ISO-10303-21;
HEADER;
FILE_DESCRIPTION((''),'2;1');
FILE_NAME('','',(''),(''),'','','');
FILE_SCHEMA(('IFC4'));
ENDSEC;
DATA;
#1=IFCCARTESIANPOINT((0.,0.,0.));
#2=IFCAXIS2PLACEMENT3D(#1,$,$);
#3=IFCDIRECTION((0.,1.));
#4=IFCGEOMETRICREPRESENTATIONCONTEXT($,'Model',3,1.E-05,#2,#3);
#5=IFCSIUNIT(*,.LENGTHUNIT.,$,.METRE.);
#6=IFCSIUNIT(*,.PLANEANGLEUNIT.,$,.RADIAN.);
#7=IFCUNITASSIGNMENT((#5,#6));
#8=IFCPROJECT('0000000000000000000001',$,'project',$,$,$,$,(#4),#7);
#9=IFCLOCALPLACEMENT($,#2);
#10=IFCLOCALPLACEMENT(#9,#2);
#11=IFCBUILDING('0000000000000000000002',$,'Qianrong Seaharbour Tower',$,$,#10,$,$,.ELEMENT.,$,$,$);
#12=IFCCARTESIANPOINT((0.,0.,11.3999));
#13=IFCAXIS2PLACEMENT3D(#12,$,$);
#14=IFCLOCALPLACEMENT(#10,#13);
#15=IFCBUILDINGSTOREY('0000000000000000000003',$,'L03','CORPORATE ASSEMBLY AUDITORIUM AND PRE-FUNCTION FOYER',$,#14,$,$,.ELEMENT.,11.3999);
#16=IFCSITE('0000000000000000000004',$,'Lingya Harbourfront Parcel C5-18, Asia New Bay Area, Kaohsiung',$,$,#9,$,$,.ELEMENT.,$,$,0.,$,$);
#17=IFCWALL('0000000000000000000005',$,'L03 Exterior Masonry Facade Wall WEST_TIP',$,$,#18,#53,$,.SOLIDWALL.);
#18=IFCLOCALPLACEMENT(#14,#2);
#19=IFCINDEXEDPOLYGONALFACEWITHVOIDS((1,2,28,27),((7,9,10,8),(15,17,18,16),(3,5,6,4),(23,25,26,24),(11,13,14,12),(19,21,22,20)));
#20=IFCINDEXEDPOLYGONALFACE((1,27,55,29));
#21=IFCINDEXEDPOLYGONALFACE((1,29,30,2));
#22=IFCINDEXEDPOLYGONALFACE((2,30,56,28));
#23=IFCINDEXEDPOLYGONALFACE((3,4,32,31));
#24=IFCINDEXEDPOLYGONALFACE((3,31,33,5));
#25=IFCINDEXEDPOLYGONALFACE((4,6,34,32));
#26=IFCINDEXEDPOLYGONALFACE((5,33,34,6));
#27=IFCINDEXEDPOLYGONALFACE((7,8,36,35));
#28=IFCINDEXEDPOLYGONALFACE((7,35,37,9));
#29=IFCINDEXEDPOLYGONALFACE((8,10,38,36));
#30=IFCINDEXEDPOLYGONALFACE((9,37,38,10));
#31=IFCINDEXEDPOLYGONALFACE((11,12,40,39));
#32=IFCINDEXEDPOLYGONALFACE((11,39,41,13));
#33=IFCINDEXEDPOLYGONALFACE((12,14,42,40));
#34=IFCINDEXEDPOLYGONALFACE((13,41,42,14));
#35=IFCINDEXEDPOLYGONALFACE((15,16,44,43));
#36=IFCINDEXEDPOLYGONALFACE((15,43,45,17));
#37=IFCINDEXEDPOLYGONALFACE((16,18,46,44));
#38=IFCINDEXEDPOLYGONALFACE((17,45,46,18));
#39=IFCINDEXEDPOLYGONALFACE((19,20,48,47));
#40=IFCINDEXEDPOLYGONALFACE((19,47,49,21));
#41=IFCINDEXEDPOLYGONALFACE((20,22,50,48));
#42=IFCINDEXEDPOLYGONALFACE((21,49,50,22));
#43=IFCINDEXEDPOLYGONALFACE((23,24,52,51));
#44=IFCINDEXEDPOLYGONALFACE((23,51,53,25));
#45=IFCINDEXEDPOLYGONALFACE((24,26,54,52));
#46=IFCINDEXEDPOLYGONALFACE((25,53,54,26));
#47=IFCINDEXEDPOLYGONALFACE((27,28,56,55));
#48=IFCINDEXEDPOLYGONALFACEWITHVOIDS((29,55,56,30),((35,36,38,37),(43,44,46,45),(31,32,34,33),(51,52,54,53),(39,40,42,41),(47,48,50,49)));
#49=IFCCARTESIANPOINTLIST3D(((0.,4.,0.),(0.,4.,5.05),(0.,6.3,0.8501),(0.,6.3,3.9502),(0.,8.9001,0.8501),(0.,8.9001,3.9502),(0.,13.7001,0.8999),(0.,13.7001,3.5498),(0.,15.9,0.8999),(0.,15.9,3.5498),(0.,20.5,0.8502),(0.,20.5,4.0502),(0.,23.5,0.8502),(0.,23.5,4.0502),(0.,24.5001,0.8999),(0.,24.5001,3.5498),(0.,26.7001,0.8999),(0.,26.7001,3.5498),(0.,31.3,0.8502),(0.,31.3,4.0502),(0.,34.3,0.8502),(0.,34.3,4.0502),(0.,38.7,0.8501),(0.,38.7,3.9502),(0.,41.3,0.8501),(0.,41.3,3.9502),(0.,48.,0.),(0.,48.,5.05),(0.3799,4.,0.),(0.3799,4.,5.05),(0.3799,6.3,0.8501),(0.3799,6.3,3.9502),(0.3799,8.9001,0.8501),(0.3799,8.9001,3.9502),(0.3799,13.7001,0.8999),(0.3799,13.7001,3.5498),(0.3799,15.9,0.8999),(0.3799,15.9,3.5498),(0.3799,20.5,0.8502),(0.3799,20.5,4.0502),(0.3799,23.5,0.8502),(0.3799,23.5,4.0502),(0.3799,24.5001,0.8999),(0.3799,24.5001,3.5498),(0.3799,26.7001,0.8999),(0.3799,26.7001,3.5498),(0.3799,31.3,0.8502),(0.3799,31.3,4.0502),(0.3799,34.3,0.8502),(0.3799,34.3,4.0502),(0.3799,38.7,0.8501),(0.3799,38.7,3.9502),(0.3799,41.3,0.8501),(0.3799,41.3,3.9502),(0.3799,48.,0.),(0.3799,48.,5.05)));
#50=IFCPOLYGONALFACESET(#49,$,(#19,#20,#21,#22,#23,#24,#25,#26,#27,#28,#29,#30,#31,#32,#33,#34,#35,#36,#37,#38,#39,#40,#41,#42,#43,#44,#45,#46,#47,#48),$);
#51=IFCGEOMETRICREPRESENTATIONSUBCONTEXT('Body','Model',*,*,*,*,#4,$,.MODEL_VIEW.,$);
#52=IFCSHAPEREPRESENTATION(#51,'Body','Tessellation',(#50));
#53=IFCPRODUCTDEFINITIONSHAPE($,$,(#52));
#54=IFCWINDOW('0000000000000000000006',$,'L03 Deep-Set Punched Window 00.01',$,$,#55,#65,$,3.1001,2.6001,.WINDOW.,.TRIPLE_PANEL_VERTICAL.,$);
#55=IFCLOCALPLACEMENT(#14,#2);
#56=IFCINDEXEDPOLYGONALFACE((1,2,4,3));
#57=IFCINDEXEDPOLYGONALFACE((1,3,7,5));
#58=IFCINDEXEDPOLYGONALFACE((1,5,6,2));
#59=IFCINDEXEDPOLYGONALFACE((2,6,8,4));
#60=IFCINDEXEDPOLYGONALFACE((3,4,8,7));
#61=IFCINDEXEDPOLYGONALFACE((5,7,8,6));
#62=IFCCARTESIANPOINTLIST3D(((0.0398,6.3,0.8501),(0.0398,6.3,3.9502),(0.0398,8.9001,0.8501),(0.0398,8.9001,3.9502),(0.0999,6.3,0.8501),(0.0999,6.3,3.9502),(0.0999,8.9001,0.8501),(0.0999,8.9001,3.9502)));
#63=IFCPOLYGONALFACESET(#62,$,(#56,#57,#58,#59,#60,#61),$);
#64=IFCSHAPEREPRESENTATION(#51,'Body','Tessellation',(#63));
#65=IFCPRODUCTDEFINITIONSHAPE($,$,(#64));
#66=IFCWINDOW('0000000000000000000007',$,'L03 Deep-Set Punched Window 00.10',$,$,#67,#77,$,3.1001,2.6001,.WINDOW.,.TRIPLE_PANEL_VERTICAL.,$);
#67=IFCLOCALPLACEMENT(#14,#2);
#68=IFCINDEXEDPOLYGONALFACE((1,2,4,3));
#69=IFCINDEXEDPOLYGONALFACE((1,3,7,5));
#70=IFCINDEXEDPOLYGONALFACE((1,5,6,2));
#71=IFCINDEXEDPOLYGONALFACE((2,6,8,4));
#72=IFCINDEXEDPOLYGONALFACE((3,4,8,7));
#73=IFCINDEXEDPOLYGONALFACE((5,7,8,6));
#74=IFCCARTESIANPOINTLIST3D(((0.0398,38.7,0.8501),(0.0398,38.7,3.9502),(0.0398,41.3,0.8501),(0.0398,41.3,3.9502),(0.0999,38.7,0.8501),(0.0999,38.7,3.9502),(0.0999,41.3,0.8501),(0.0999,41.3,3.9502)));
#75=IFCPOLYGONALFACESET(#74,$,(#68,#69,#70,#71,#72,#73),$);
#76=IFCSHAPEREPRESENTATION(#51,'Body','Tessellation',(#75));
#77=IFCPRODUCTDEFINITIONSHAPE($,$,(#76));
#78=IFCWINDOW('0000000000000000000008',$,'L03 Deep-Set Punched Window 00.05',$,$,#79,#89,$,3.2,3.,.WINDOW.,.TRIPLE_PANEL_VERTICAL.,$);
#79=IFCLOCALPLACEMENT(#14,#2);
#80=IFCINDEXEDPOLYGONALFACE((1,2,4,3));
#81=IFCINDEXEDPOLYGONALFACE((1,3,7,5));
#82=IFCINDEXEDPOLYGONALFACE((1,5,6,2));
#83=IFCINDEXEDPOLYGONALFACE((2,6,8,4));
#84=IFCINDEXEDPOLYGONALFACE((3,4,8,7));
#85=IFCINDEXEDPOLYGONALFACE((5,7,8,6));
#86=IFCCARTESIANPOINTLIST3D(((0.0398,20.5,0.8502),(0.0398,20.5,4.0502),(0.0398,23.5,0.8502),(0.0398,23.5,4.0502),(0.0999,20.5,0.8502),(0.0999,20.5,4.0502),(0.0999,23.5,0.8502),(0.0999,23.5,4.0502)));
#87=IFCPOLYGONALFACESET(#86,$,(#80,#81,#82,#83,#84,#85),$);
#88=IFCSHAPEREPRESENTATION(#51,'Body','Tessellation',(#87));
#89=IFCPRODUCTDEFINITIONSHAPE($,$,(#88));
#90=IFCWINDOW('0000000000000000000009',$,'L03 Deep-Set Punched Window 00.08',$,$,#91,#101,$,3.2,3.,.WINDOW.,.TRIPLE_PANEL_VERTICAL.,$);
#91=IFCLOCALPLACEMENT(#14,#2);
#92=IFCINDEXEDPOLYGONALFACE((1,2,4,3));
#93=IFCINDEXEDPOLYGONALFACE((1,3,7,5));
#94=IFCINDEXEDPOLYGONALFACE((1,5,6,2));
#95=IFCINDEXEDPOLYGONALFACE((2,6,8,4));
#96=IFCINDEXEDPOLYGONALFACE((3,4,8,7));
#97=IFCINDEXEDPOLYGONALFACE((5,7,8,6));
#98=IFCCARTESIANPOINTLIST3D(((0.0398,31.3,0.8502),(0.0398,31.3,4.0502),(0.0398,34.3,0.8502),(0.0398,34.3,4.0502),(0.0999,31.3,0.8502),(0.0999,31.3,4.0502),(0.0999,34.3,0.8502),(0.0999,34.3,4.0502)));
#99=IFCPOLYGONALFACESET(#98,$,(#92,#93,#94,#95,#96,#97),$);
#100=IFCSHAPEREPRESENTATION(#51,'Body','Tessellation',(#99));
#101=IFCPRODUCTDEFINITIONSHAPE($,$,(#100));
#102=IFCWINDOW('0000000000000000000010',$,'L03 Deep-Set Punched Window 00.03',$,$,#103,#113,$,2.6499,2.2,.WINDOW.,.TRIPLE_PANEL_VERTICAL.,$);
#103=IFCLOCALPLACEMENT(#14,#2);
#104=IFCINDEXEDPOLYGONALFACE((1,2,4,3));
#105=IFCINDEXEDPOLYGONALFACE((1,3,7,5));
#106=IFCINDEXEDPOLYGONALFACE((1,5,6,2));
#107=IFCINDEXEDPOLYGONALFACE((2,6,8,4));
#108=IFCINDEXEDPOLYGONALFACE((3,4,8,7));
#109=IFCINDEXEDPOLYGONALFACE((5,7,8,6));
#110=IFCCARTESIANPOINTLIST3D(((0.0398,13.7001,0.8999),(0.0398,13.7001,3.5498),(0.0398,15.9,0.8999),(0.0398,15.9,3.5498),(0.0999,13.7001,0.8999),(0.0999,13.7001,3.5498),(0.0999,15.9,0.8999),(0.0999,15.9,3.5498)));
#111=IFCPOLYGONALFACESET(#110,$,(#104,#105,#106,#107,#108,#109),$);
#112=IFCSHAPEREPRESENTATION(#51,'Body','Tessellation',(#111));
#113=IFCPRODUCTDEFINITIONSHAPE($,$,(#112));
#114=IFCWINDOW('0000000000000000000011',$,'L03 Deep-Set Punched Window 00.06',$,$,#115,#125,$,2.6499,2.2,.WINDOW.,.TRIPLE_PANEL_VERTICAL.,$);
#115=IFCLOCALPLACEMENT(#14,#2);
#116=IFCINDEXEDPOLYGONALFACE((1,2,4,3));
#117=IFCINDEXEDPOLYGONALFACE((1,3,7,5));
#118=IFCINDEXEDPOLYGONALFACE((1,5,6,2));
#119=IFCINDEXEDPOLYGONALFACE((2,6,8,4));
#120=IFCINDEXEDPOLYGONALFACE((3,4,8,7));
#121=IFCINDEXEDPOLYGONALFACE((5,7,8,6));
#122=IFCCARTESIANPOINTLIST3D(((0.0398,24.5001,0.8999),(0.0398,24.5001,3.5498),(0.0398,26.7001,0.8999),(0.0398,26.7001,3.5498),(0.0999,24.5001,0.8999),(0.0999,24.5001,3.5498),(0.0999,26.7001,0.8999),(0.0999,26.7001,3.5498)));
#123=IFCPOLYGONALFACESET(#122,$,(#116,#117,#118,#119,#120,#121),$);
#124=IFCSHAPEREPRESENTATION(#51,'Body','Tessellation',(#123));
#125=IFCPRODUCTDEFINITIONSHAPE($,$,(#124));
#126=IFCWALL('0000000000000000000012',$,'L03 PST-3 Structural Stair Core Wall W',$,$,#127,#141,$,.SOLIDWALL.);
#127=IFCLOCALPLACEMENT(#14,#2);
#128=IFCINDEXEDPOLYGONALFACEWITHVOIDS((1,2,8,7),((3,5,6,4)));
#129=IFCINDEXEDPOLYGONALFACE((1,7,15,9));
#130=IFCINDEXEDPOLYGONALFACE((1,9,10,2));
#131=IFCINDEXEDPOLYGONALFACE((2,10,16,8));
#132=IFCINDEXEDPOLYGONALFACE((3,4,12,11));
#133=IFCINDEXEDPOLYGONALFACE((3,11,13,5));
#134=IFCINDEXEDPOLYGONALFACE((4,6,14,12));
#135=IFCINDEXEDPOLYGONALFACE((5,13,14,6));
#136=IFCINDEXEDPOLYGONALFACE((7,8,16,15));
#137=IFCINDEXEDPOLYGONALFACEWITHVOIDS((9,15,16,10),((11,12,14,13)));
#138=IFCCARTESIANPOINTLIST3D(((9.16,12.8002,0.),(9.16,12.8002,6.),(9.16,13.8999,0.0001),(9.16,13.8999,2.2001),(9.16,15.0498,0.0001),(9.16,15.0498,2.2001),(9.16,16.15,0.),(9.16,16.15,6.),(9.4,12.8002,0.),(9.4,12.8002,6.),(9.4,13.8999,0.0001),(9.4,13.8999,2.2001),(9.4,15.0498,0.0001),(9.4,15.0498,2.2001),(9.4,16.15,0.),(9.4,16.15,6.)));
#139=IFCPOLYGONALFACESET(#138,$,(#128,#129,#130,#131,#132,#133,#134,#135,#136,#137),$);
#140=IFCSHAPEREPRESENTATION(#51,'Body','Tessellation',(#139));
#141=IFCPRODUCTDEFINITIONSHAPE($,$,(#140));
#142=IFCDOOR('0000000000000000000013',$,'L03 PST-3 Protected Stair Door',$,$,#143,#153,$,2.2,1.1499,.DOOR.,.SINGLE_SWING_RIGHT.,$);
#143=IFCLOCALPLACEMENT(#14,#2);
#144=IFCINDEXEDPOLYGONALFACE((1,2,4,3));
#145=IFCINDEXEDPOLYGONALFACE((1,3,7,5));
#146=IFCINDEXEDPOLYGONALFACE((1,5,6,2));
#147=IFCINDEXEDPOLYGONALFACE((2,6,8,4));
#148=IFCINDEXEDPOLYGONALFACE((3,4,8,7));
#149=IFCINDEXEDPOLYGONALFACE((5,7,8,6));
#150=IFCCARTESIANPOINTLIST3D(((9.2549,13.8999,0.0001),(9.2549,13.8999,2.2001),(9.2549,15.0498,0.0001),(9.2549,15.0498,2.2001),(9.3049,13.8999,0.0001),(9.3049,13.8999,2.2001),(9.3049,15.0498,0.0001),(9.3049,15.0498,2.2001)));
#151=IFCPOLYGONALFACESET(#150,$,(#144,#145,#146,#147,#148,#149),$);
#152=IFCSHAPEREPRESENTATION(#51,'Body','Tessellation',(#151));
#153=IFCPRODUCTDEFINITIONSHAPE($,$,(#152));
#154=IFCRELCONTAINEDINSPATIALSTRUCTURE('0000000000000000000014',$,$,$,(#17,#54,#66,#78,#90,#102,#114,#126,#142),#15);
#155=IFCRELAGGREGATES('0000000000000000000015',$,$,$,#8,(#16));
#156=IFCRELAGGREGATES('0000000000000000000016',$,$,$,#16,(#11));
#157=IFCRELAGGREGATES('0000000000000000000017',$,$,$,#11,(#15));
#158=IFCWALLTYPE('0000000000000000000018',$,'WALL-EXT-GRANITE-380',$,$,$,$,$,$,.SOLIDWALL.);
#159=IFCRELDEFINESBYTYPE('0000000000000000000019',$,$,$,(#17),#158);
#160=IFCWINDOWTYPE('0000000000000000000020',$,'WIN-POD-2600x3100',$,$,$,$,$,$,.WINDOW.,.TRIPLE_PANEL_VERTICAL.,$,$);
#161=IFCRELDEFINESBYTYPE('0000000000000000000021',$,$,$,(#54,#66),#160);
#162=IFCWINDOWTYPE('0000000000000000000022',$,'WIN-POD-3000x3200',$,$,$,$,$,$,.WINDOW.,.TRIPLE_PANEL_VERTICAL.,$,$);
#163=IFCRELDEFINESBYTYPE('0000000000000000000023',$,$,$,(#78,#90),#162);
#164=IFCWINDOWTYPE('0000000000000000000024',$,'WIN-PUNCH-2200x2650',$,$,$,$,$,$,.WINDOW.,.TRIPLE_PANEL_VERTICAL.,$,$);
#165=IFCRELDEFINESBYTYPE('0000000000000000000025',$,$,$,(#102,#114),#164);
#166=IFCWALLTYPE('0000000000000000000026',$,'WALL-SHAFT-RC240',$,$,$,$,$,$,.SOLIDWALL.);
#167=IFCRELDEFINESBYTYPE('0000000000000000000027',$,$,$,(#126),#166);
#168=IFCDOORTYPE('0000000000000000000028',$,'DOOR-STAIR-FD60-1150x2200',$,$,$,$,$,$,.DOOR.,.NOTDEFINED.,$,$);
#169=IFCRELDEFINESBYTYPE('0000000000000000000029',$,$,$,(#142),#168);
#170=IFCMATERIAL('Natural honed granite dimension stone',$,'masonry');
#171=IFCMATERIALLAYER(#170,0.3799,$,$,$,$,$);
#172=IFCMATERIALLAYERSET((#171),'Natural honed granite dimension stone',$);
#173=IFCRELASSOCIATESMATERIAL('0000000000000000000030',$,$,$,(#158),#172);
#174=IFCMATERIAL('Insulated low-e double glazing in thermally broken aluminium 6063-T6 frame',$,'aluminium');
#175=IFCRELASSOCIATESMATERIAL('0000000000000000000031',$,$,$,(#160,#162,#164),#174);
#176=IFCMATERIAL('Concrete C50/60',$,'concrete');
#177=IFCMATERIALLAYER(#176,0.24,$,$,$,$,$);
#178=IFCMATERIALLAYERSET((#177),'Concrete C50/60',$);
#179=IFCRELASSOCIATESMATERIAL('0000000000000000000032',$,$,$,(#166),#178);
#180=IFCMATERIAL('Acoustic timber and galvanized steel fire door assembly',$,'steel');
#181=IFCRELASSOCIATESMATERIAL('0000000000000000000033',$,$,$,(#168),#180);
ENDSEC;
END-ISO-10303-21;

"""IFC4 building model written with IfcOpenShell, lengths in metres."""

from ifc_helpers import new_model, si_unit, direction, frame, frame_2d, origin, place, context, subcontext, project, spatial, rectangle, extrude, material, layer, layer_set, type_object, element, fill, save


model = new_model("IFC4")

# Units and contexts
model_context = context("Model", 3, precision=1e-05, world=origin(), true_north=direction((0.0, 1.0)))
body_context = subcontext(model_context, "Body", "Model", "MODEL_VIEW")
ifc_project = project(units=[si_unit("LENGTHUNIT", "METRE"), si_unit("PLANEANGLEUNIT", "RADIAN")], contexts=[model_context])

# Site, building, storey
site_placement = place(None, origin())
site = spatial("IfcSite", under=ifc_project, at=site_placement, Name="Lingya Harbourfront Parcel C5-18, Asia New Bay Area, Kaohsiung", CompositionType="ELEMENT", RefElevation=0.0)
building_placement = place(site_placement, origin())
building = spatial("IfcBuilding", under=site, at=building_placement, Name="Qianrong Seaharbour Tower", CompositionType="ELEMENT")
storey_placement = place(building_placement, frame((0.0, 0.0, 11.3999)))
storey = spatial("IfcBuildingStorey", under=building, at=storey_placement, Name="L03", Description="CORPORATE ASSEMBLY AUDITORIUM AND PRE-FUNCTION FOYER", CompositionType="ELEMENT", Elevation=11.3999)

# Shared definitions
ifc_material_1 = material(Name="Acoustic timber and galvanized steel fire door assembly", Category="steel")

# Wall, openings, windows
ifc_material_2 = material(Name="Natural honed granite dimension stone", Category="masonry")
ifc_layer_1 = layer(ifc_material_2, 0.3799)
ifc_layer_set_1 = layer_set([ifc_layer_1], Name="Natural honed granite dimension stone")
wall_type_1 = type_object("IfcWallType", Name="WALL-EXT-GRANITE-380", PredefinedType="SOLIDWALL", material=ifc_layer_set_1)
wall_1_placement = place(storey_placement, frame((0.1899, 4.0, 0.0), z_axis=(0.0, 0.0, 1.0), x_axis=(0.0, 1.0, 0.0)))
wall_1 = element("IfcWall", 1, at=wall_1_placement, inside=storey, type_object=wall_type_1, Name="L03 Exterior Masonry Facade Wall WEST_TIP", PredefinedType="SOLIDWALL", context=body_context, shape_type="SweptSolid", body=[
    extrude(rectangle(XDim=44.0, YDim=0.3799, at=frame_2d((22.0, 0.0))), origin(), (0.0, 0.0, 1.0), 5.05),
])
opening_1_placement = place(wall_1_placement, frame((2.3, 0.0, 0.8501)))
opening_1 = element("IfcOpeningElement", 2, at=opening_1_placement, cuts=wall_1, PredefinedType="OPENING", context=body_context, shape_type="SweptSolid", body=[
    extrude(rectangle(XDim=2.6001, YDim=3.1001, at=frame_2d((1.3, 1.55))), frame((0.0, 0.2, 0.0), z_axis=(0.0, -1.0, 0.0), x_axis=(1.0, 0.0, 0.0)), (0.0, 0.0, 1.0), 0.3999),
])
opening_2_placement = place(wall_1_placement, frame((9.7, 0.0, 0.8999)))
opening_2 = element("IfcOpeningElement", 3, at=opening_2_placement, cuts=wall_1, PredefinedType="OPENING", context=body_context, shape_type="SweptSolid", body=[
    extrude(rectangle(XDim=2.2, YDim=2.6499, at=frame_2d((1.1001, 1.325))), frame((0.0, 0.2, 0.0), z_axis=(0.0, -1.0, 0.0), x_axis=(1.0, 0.0, 0.0)), (0.0, 0.0, 1.0), 0.3999),
])
opening_3_placement = place(wall_1_placement, frame((16.5, 0.0, 0.8501)))
opening_3 = element("IfcOpeningElement", 4, at=opening_3_placement, cuts=wall_1, PredefinedType="OPENING", context=body_context, shape_type="SweptSolid", body=[
    extrude(rectangle(XDim=3.0, YDim=3.2, at=frame_2d((1.5, 1.6001))), frame((0.0, 0.2, 0.0), z_axis=(0.0, -1.0, 0.0), x_axis=(1.0, 0.0, 0.0)), (0.0, 0.0, 1.0), 0.3999),
])
opening_4_placement = place(wall_1_placement, frame((20.5, 0.0, 0.8999)))
opening_4 = element("IfcOpeningElement", 5, at=opening_4_placement, cuts=wall_1, PredefinedType="OPENING", context=body_context, shape_type="SweptSolid", body=[
    extrude(rectangle(XDim=2.2, YDim=2.6499, at=frame_2d((1.1001, 1.325))), frame((0.0, 0.2, 0.0), z_axis=(0.0, -1.0, 0.0), x_axis=(1.0, 0.0, 0.0)), (0.0, 0.0, 1.0), 0.3999),
])
opening_5_placement = place(wall_1_placement, frame((27.3, 0.0, 0.8501)))
opening_5 = element("IfcOpeningElement", 6, at=opening_5_placement, cuts=wall_1, PredefinedType="OPENING", context=body_context, shape_type="SweptSolid", body=[
    extrude(rectangle(XDim=3.0, YDim=3.2, at=frame_2d((1.5, 1.6001))), frame((0.0, 0.2, 0.0), z_axis=(0.0, -1.0, 0.0), x_axis=(1.0, 0.0, 0.0)), (0.0, 0.0, 1.0), 0.3999),
])
opening_6_placement = place(wall_1_placement, frame((34.7, 0.0, 0.8501)))
opening_6 = element("IfcOpeningElement", 7, at=opening_6_placement, cuts=wall_1, PredefinedType="OPENING", context=body_context, shape_type="SweptSolid", body=[
    extrude(rectangle(XDim=2.6001, YDim=3.1001, at=frame_2d((1.3, 1.55))), frame((0.0, 0.2, 0.0), z_axis=(0.0, -1.0, 0.0), x_axis=(1.0, 0.0, 0.0)), (0.0, 0.0, 1.0), 0.3999),
])
ifc_material_3 = material(Name="Insulated low-e double glazing in thermally broken aluminium 6063-T6 frame", Category="aluminium")
window_type_1 = type_object("IfcWindowType", Name="WIN-POD-2600x3100", PartitioningType="TRIPLE_PANEL_VERTICAL", PredefinedType="WINDOW", material=ifc_material_3)
window_1_placement = place(opening_1_placement, origin())
window_1 = element("IfcWindow", 8, at=window_1_placement, inside=storey, type_object=window_type_1, Name="L03 Deep-Set Punched Window 00.01", OverallHeight=3.1001, OverallWidth=2.6001, PartitioningType="TRIPLE_PANEL_VERTICAL", PredefinedType="WINDOW", context=body_context, shape_type="SweptSolid", body=[
    extrude(rectangle(XDim=2.6001, YDim=3.1001, at=frame_2d((1.3, 1.55))), frame((0.0, 0.1501, 0.0), z_axis=(0.0, -1.0, 0.0), x_axis=(1.0, 0.0, 0.0)), (0.0, 0.0, 1.0), 0.0601),
])
fill(opening_1, window_1)
window_2_placement = place(opening_6_placement, origin())
window_2 = element("IfcWindow", 9, at=window_2_placement, inside=storey, type_object=window_type_1, Name="L03 Deep-Set Punched Window 00.10", OverallHeight=3.1001, OverallWidth=2.6001, PartitioningType="TRIPLE_PANEL_VERTICAL", PredefinedType="WINDOW", context=body_context, shape_type="SweptSolid", body=[
    extrude(rectangle(XDim=2.6001, YDim=3.1001, at=frame_2d((1.3, 1.55))), frame((0.0, 0.1501, 0.0), z_axis=(0.0, -1.0, 0.0), x_axis=(1.0, 0.0, 0.0)), (0.0, 0.0, 1.0), 0.0601),
])
fill(opening_6, window_2)
window_type_2 = type_object("IfcWindowType", Name="WIN-POD-3000x3200", PartitioningType="TRIPLE_PANEL_VERTICAL", PredefinedType="WINDOW", material=ifc_material_3)
window_3_placement = place(opening_3_placement, origin())
window_3 = element("IfcWindow", 10, at=window_3_placement, inside=storey, type_object=window_type_2, Name="L03 Deep-Set Punched Window 00.05", OverallHeight=3.2, OverallWidth=3.0, PartitioningType="TRIPLE_PANEL_VERTICAL", PredefinedType="WINDOW", context=body_context, shape_type="SweptSolid", body=[
    extrude(rectangle(XDim=3.0, YDim=3.2, at=frame_2d((1.5, 1.6001))), frame((0.0, 0.1501, 0.0), z_axis=(0.0, -1.0, 0.0), x_axis=(1.0, 0.0, 0.0)), (0.0, 0.0, 1.0), 0.0601),
])
fill(opening_3, window_3)
window_4_placement = place(opening_5_placement, origin())
window_4 = element("IfcWindow", 11, at=window_4_placement, inside=storey, type_object=window_type_2, Name="L03 Deep-Set Punched Window 00.08", OverallHeight=3.2, OverallWidth=3.0, PartitioningType="TRIPLE_PANEL_VERTICAL", PredefinedType="WINDOW", context=body_context, shape_type="SweptSolid", body=[
    extrude(rectangle(XDim=3.0, YDim=3.2, at=frame_2d((1.5, 1.6001))), frame((0.0, 0.1501, 0.0), z_axis=(0.0, -1.0, 0.0), x_axis=(1.0, 0.0, 0.0)), (0.0, 0.0, 1.0), 0.0601),
])
fill(opening_5, window_4)
window_type_3 = type_object("IfcWindowType", Name="WIN-PUNCH-2200x2650", PartitioningType="TRIPLE_PANEL_VERTICAL", PredefinedType="WINDOW", material=ifc_material_3)
window_5_placement = place(opening_2_placement, origin())
window_5 = element("IfcWindow", 12, at=window_5_placement, inside=storey, type_object=window_type_3, Name="L03 Deep-Set Punched Window 00.03", OverallHeight=2.6499, OverallWidth=2.2, PartitioningType="TRIPLE_PANEL_VERTICAL", PredefinedType="WINDOW", context=body_context, shape_type="SweptSolid", body=[
    extrude(rectangle(XDim=2.2, YDim=2.6499, at=frame_2d((1.1001, 1.325))), frame((0.0, 0.1501, 0.0), z_axis=(0.0, -1.0, 0.0), x_axis=(1.0, 0.0, 0.0)), (0.0, 0.0, 1.0), 0.0601),
])
fill(opening_2, window_5)
window_6_placement = place(opening_4_placement, origin())
window_6 = element("IfcWindow", 13, at=window_6_placement, inside=storey, type_object=window_type_3, Name="L03 Deep-Set Punched Window 00.06", OverallHeight=2.6499, OverallWidth=2.2, PartitioningType="TRIPLE_PANEL_VERTICAL", PredefinedType="WINDOW", context=body_context, shape_type="SweptSolid", body=[
    extrude(rectangle(XDim=2.2, YDim=2.6499, at=frame_2d((1.1001, 1.325))), frame((0.0, 0.1501, 0.0), z_axis=(0.0, -1.0, 0.0), x_axis=(1.0, 0.0, 0.0)), (0.0, 0.0, 1.0), 0.0601),
])
fill(opening_4, window_6)

# Wall, opening, door
ifc_material_4 = material(Name="Concrete C50/60", Category="concrete")
ifc_layer_2 = layer(ifc_material_4, 0.24)
ifc_layer_set_2 = layer_set([ifc_layer_2], Name="Concrete C50/60")
wall_type_2 = type_object("IfcWallType", Name="WALL-SHAFT-RC240", PredefinedType="SOLIDWALL", material=ifc_layer_set_2)
wall_2_placement = place(storey_placement, frame((9.28, 16.1499, 0.0), z_axis=(0.0, 0.0, 1.0), x_axis=(0.0, -1.0, 0.0)))
wall_2 = element("IfcWall", 14, at=wall_2_placement, inside=storey, type_object=wall_type_2, Name="L03 PST-3 Structural Stair Core Wall W", PredefinedType="SOLIDWALL", context=body_context, shape_type="SweptSolid", body=[
    extrude(rectangle(XDim=3.3499, YDim=0.24, at=frame_2d((1.6748, 0.0))), origin(), (0.0, 0.0, 1.0), 6.0),
])
opening_7_placement = place(wall_2_placement, frame((1.1001, 0.0, 0.0)))
opening_7 = element("IfcOpeningElement", 15, at=opening_7_placement, cuts=wall_2, PredefinedType="OPENING", context=body_context, shape_type="SweptSolid", body=[
    extrude(rectangle(XDim=1.1499, YDim=2.2, at=frame_2d((0.575, 1.1001))), frame((0.0, 0.1299, 0.0), z_axis=(0.0, -1.0, 0.0), x_axis=(1.0, 0.0, 0.0)), (0.0, 0.0, 1.0), 0.26),
])
door_type_1 = type_object("IfcDoorType", Name="DOOR-STAIR-FD60-1150x2200", OperationType="NOTDEFINED", PredefinedType="DOOR", material=ifc_material_1)
door_1_placement = place(opening_7_placement, origin())
door_1 = element("IfcDoor", 16, at=door_1_placement, inside=storey, type_object=door_type_1, Name="L03 PST-3 Protected Stair Door", OperationType="SINGLE_SWING_RIGHT", OverallHeight=2.2, OverallWidth=1.1499, PredefinedType="DOOR", context=body_context, shape_type="SweptSolid", body=[
    extrude(rectangle(XDim=1.1499, YDim=2.2, at=frame_2d((0.575, 1.1001))), frame((0.0, 0.0249, 0.0), z_axis=(0.0, -1.0, 0.0), x_axis=(1.0, 0.0, 0.0)), (0.0, 0.0, 1.0), 0.05),
])
fill(opening_7, door_1)

save(model, "model.ifc")
